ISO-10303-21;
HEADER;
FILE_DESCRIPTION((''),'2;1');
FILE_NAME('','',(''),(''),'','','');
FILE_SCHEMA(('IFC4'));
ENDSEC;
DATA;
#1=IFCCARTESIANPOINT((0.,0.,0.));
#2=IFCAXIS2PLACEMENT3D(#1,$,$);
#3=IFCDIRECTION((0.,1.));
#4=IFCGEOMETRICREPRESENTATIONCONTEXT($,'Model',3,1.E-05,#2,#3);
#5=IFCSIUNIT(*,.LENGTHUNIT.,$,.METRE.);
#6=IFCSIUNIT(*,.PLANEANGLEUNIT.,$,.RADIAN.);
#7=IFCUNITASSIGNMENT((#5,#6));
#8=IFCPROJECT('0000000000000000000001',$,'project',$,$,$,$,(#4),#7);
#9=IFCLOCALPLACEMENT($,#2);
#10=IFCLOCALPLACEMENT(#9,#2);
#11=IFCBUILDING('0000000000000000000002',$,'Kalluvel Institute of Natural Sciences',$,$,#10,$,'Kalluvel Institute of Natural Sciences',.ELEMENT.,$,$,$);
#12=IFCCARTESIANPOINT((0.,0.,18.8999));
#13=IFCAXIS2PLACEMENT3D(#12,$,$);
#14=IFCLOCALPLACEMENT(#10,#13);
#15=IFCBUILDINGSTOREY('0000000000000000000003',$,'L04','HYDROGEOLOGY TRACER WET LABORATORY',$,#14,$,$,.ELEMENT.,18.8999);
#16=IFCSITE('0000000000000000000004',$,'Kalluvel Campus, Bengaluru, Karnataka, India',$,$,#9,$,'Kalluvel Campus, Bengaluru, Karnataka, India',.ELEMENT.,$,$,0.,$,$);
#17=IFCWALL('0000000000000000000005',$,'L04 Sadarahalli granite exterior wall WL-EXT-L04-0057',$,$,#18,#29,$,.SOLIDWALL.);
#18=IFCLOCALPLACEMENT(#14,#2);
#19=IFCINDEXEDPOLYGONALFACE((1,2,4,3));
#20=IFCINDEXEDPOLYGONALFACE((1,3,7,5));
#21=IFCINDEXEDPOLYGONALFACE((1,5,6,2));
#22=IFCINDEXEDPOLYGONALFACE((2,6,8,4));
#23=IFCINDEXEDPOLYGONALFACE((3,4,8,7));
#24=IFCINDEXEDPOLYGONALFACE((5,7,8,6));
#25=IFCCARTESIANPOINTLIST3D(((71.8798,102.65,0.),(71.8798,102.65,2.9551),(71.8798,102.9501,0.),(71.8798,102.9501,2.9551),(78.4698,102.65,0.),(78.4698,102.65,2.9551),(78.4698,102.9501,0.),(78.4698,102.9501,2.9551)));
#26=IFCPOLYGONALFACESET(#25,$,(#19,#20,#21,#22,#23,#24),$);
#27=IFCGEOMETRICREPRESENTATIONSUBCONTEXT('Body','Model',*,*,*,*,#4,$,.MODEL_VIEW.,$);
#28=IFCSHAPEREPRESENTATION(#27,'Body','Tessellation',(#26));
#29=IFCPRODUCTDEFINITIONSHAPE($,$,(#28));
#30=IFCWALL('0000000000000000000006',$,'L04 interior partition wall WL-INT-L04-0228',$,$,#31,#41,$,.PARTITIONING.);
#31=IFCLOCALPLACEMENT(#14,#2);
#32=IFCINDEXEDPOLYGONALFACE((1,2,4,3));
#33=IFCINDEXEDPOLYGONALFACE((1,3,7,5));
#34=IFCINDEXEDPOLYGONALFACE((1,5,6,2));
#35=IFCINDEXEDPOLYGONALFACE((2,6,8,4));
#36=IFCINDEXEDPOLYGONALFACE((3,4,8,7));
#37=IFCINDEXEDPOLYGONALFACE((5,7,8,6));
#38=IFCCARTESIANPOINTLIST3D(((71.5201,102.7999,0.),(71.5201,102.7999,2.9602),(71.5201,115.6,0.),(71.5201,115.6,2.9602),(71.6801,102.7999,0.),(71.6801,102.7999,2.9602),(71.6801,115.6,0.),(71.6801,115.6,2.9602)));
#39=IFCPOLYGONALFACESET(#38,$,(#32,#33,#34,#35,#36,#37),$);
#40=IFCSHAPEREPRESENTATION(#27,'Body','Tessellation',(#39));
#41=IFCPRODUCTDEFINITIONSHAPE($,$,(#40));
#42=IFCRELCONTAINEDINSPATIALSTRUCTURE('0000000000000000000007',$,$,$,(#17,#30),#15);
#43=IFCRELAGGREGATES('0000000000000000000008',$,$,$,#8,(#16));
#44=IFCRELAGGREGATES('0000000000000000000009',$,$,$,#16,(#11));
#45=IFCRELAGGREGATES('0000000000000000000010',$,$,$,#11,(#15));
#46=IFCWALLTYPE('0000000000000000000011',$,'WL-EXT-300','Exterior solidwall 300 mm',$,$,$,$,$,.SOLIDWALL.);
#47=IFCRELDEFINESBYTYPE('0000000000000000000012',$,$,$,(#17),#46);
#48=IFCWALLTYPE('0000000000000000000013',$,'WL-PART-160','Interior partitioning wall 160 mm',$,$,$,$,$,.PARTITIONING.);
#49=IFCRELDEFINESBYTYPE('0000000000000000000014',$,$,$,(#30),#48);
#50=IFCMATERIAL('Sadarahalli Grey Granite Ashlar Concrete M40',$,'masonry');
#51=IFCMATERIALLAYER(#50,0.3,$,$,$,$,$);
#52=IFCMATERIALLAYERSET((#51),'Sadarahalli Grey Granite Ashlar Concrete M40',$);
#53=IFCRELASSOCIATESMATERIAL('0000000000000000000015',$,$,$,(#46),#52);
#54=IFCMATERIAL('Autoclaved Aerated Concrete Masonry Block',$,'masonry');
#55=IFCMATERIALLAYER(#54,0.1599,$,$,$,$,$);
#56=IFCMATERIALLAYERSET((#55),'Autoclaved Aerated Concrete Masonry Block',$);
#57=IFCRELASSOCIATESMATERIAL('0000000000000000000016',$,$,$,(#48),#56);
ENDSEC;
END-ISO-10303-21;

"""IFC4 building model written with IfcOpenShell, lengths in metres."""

from ifc_helpers import new_model, si_unit, direction, frame, frame_2d, origin, place, context, subcontext, project, spatial, rectangle, extrude, material, layer, layer_set, type_object, element, save


model = new_model("IFC4")

# Units and contexts
model_context = context("Model", 3, precision=1e-05, world=origin(), true_north=direction((0.0, 1.0)))
body_context = subcontext(model_context, "Body", "Model", "MODEL_VIEW")
ifc_project = project(units=[si_unit("LENGTHUNIT", "METRE"), si_unit("PLANEANGLEUNIT", "RADIAN")], contexts=[model_context])

# Site, building, storey
site_placement = place(None, origin())
site = spatial("IfcSite", under=ifc_project, at=site_placement, Name="Kalluvel Campus, Bengaluru, Karnataka, India", LongName="Kalluvel Campus, Bengaluru, Karnataka, India", CompositionType="ELEMENT", RefElevation=0.0)
building_placement = place(site_placement, origin())
building = spatial("IfcBuilding", under=site, at=building_placement, Name="Kalluvel Institute of Natural Sciences", LongName="Kalluvel Institute of Natural Sciences", CompositionType="ELEMENT")
storey_placement = place(building_placement, frame((0.0, 0.0, 18.8999)))
storey = spatial("IfcBuildingStorey", under=building, at=storey_placement, Name="L04", Description="HYDROGEOLOGY TRACER WET LABORATORY", CompositionType="ELEMENT", Elevation=18.8999)

# Walls
ifc_material_1 = material(Name="Sadarahalli Grey Granite Ashlar Concrete M40", Category="masonry")
ifc_layer_1 = layer(ifc_material_1, 0.3)
ifc_layer_set_1 = layer_set([ifc_layer_1], Name="Sadarahalli Grey Granite Ashlar Concrete M40")
wall_type_1 = type_object("IfcWallType", Name="WL-EXT-300", Description="Exterior solidwall 300 mm", PredefinedType="SOLIDWALL", material=ifc_layer_set_1)
wall_1_placement = place(storey_placement, frame((71.8799, 102.8, 0.0), z_axis=(0.0, 0.0, 1.0), x_axis=(1.0, 0.0, 0.0)))
element("IfcWall", 1, at=wall_1_placement, inside=storey, type_object=wall_type_1, Name="L04 Sadarahalli granite exterior wall WL-EXT-L04-0057", PredefinedType="SOLIDWALL", context=body_context, shape_type="SweptSolid", body=[
    extrude(rectangle(XDim=6.5901, YDim=0.3, at=frame_2d((3.2949, 0.0))), origin(), (0.0, 0.0, 1.0), 2.9551),
])
ifc_material_2 = material(Name="Autoclaved Aerated Concrete Masonry Block", Category="masonry")
ifc_layer_2 = layer(ifc_material_2, 0.1599)
ifc_layer_set_2 = layer_set([ifc_layer_2], Name="Autoclaved Aerated Concrete Masonry Block")
wall_type_2 = type_object("IfcWallType", Name="WL-PART-160", Description="Interior partitioning wall 160 mm", PredefinedType="PARTITIONING", material=ifc_layer_set_2)
wall_2_placement = place(storey_placement, frame((71.6001, 102.8, 0.0), z_axis=(0.0, 0.0, 1.0), x_axis=(0.0, 1.0, 0.0)))
element("IfcWall", 2, at=wall_2_placement, inside=storey, type_object=wall_type_2, Name="L04 interior partition wall WL-INT-L04-0228", PredefinedType="PARTITIONING", context=body_context, shape_type="SweptSolid", body=[
    extrude(rectangle(XDim=12.8, YDim=0.1599, at=frame_2d((6.3999, 0.0))), origin(), (0.0, 0.0, 1.0), 2.9602),
])

save(model, "model.ifc")
